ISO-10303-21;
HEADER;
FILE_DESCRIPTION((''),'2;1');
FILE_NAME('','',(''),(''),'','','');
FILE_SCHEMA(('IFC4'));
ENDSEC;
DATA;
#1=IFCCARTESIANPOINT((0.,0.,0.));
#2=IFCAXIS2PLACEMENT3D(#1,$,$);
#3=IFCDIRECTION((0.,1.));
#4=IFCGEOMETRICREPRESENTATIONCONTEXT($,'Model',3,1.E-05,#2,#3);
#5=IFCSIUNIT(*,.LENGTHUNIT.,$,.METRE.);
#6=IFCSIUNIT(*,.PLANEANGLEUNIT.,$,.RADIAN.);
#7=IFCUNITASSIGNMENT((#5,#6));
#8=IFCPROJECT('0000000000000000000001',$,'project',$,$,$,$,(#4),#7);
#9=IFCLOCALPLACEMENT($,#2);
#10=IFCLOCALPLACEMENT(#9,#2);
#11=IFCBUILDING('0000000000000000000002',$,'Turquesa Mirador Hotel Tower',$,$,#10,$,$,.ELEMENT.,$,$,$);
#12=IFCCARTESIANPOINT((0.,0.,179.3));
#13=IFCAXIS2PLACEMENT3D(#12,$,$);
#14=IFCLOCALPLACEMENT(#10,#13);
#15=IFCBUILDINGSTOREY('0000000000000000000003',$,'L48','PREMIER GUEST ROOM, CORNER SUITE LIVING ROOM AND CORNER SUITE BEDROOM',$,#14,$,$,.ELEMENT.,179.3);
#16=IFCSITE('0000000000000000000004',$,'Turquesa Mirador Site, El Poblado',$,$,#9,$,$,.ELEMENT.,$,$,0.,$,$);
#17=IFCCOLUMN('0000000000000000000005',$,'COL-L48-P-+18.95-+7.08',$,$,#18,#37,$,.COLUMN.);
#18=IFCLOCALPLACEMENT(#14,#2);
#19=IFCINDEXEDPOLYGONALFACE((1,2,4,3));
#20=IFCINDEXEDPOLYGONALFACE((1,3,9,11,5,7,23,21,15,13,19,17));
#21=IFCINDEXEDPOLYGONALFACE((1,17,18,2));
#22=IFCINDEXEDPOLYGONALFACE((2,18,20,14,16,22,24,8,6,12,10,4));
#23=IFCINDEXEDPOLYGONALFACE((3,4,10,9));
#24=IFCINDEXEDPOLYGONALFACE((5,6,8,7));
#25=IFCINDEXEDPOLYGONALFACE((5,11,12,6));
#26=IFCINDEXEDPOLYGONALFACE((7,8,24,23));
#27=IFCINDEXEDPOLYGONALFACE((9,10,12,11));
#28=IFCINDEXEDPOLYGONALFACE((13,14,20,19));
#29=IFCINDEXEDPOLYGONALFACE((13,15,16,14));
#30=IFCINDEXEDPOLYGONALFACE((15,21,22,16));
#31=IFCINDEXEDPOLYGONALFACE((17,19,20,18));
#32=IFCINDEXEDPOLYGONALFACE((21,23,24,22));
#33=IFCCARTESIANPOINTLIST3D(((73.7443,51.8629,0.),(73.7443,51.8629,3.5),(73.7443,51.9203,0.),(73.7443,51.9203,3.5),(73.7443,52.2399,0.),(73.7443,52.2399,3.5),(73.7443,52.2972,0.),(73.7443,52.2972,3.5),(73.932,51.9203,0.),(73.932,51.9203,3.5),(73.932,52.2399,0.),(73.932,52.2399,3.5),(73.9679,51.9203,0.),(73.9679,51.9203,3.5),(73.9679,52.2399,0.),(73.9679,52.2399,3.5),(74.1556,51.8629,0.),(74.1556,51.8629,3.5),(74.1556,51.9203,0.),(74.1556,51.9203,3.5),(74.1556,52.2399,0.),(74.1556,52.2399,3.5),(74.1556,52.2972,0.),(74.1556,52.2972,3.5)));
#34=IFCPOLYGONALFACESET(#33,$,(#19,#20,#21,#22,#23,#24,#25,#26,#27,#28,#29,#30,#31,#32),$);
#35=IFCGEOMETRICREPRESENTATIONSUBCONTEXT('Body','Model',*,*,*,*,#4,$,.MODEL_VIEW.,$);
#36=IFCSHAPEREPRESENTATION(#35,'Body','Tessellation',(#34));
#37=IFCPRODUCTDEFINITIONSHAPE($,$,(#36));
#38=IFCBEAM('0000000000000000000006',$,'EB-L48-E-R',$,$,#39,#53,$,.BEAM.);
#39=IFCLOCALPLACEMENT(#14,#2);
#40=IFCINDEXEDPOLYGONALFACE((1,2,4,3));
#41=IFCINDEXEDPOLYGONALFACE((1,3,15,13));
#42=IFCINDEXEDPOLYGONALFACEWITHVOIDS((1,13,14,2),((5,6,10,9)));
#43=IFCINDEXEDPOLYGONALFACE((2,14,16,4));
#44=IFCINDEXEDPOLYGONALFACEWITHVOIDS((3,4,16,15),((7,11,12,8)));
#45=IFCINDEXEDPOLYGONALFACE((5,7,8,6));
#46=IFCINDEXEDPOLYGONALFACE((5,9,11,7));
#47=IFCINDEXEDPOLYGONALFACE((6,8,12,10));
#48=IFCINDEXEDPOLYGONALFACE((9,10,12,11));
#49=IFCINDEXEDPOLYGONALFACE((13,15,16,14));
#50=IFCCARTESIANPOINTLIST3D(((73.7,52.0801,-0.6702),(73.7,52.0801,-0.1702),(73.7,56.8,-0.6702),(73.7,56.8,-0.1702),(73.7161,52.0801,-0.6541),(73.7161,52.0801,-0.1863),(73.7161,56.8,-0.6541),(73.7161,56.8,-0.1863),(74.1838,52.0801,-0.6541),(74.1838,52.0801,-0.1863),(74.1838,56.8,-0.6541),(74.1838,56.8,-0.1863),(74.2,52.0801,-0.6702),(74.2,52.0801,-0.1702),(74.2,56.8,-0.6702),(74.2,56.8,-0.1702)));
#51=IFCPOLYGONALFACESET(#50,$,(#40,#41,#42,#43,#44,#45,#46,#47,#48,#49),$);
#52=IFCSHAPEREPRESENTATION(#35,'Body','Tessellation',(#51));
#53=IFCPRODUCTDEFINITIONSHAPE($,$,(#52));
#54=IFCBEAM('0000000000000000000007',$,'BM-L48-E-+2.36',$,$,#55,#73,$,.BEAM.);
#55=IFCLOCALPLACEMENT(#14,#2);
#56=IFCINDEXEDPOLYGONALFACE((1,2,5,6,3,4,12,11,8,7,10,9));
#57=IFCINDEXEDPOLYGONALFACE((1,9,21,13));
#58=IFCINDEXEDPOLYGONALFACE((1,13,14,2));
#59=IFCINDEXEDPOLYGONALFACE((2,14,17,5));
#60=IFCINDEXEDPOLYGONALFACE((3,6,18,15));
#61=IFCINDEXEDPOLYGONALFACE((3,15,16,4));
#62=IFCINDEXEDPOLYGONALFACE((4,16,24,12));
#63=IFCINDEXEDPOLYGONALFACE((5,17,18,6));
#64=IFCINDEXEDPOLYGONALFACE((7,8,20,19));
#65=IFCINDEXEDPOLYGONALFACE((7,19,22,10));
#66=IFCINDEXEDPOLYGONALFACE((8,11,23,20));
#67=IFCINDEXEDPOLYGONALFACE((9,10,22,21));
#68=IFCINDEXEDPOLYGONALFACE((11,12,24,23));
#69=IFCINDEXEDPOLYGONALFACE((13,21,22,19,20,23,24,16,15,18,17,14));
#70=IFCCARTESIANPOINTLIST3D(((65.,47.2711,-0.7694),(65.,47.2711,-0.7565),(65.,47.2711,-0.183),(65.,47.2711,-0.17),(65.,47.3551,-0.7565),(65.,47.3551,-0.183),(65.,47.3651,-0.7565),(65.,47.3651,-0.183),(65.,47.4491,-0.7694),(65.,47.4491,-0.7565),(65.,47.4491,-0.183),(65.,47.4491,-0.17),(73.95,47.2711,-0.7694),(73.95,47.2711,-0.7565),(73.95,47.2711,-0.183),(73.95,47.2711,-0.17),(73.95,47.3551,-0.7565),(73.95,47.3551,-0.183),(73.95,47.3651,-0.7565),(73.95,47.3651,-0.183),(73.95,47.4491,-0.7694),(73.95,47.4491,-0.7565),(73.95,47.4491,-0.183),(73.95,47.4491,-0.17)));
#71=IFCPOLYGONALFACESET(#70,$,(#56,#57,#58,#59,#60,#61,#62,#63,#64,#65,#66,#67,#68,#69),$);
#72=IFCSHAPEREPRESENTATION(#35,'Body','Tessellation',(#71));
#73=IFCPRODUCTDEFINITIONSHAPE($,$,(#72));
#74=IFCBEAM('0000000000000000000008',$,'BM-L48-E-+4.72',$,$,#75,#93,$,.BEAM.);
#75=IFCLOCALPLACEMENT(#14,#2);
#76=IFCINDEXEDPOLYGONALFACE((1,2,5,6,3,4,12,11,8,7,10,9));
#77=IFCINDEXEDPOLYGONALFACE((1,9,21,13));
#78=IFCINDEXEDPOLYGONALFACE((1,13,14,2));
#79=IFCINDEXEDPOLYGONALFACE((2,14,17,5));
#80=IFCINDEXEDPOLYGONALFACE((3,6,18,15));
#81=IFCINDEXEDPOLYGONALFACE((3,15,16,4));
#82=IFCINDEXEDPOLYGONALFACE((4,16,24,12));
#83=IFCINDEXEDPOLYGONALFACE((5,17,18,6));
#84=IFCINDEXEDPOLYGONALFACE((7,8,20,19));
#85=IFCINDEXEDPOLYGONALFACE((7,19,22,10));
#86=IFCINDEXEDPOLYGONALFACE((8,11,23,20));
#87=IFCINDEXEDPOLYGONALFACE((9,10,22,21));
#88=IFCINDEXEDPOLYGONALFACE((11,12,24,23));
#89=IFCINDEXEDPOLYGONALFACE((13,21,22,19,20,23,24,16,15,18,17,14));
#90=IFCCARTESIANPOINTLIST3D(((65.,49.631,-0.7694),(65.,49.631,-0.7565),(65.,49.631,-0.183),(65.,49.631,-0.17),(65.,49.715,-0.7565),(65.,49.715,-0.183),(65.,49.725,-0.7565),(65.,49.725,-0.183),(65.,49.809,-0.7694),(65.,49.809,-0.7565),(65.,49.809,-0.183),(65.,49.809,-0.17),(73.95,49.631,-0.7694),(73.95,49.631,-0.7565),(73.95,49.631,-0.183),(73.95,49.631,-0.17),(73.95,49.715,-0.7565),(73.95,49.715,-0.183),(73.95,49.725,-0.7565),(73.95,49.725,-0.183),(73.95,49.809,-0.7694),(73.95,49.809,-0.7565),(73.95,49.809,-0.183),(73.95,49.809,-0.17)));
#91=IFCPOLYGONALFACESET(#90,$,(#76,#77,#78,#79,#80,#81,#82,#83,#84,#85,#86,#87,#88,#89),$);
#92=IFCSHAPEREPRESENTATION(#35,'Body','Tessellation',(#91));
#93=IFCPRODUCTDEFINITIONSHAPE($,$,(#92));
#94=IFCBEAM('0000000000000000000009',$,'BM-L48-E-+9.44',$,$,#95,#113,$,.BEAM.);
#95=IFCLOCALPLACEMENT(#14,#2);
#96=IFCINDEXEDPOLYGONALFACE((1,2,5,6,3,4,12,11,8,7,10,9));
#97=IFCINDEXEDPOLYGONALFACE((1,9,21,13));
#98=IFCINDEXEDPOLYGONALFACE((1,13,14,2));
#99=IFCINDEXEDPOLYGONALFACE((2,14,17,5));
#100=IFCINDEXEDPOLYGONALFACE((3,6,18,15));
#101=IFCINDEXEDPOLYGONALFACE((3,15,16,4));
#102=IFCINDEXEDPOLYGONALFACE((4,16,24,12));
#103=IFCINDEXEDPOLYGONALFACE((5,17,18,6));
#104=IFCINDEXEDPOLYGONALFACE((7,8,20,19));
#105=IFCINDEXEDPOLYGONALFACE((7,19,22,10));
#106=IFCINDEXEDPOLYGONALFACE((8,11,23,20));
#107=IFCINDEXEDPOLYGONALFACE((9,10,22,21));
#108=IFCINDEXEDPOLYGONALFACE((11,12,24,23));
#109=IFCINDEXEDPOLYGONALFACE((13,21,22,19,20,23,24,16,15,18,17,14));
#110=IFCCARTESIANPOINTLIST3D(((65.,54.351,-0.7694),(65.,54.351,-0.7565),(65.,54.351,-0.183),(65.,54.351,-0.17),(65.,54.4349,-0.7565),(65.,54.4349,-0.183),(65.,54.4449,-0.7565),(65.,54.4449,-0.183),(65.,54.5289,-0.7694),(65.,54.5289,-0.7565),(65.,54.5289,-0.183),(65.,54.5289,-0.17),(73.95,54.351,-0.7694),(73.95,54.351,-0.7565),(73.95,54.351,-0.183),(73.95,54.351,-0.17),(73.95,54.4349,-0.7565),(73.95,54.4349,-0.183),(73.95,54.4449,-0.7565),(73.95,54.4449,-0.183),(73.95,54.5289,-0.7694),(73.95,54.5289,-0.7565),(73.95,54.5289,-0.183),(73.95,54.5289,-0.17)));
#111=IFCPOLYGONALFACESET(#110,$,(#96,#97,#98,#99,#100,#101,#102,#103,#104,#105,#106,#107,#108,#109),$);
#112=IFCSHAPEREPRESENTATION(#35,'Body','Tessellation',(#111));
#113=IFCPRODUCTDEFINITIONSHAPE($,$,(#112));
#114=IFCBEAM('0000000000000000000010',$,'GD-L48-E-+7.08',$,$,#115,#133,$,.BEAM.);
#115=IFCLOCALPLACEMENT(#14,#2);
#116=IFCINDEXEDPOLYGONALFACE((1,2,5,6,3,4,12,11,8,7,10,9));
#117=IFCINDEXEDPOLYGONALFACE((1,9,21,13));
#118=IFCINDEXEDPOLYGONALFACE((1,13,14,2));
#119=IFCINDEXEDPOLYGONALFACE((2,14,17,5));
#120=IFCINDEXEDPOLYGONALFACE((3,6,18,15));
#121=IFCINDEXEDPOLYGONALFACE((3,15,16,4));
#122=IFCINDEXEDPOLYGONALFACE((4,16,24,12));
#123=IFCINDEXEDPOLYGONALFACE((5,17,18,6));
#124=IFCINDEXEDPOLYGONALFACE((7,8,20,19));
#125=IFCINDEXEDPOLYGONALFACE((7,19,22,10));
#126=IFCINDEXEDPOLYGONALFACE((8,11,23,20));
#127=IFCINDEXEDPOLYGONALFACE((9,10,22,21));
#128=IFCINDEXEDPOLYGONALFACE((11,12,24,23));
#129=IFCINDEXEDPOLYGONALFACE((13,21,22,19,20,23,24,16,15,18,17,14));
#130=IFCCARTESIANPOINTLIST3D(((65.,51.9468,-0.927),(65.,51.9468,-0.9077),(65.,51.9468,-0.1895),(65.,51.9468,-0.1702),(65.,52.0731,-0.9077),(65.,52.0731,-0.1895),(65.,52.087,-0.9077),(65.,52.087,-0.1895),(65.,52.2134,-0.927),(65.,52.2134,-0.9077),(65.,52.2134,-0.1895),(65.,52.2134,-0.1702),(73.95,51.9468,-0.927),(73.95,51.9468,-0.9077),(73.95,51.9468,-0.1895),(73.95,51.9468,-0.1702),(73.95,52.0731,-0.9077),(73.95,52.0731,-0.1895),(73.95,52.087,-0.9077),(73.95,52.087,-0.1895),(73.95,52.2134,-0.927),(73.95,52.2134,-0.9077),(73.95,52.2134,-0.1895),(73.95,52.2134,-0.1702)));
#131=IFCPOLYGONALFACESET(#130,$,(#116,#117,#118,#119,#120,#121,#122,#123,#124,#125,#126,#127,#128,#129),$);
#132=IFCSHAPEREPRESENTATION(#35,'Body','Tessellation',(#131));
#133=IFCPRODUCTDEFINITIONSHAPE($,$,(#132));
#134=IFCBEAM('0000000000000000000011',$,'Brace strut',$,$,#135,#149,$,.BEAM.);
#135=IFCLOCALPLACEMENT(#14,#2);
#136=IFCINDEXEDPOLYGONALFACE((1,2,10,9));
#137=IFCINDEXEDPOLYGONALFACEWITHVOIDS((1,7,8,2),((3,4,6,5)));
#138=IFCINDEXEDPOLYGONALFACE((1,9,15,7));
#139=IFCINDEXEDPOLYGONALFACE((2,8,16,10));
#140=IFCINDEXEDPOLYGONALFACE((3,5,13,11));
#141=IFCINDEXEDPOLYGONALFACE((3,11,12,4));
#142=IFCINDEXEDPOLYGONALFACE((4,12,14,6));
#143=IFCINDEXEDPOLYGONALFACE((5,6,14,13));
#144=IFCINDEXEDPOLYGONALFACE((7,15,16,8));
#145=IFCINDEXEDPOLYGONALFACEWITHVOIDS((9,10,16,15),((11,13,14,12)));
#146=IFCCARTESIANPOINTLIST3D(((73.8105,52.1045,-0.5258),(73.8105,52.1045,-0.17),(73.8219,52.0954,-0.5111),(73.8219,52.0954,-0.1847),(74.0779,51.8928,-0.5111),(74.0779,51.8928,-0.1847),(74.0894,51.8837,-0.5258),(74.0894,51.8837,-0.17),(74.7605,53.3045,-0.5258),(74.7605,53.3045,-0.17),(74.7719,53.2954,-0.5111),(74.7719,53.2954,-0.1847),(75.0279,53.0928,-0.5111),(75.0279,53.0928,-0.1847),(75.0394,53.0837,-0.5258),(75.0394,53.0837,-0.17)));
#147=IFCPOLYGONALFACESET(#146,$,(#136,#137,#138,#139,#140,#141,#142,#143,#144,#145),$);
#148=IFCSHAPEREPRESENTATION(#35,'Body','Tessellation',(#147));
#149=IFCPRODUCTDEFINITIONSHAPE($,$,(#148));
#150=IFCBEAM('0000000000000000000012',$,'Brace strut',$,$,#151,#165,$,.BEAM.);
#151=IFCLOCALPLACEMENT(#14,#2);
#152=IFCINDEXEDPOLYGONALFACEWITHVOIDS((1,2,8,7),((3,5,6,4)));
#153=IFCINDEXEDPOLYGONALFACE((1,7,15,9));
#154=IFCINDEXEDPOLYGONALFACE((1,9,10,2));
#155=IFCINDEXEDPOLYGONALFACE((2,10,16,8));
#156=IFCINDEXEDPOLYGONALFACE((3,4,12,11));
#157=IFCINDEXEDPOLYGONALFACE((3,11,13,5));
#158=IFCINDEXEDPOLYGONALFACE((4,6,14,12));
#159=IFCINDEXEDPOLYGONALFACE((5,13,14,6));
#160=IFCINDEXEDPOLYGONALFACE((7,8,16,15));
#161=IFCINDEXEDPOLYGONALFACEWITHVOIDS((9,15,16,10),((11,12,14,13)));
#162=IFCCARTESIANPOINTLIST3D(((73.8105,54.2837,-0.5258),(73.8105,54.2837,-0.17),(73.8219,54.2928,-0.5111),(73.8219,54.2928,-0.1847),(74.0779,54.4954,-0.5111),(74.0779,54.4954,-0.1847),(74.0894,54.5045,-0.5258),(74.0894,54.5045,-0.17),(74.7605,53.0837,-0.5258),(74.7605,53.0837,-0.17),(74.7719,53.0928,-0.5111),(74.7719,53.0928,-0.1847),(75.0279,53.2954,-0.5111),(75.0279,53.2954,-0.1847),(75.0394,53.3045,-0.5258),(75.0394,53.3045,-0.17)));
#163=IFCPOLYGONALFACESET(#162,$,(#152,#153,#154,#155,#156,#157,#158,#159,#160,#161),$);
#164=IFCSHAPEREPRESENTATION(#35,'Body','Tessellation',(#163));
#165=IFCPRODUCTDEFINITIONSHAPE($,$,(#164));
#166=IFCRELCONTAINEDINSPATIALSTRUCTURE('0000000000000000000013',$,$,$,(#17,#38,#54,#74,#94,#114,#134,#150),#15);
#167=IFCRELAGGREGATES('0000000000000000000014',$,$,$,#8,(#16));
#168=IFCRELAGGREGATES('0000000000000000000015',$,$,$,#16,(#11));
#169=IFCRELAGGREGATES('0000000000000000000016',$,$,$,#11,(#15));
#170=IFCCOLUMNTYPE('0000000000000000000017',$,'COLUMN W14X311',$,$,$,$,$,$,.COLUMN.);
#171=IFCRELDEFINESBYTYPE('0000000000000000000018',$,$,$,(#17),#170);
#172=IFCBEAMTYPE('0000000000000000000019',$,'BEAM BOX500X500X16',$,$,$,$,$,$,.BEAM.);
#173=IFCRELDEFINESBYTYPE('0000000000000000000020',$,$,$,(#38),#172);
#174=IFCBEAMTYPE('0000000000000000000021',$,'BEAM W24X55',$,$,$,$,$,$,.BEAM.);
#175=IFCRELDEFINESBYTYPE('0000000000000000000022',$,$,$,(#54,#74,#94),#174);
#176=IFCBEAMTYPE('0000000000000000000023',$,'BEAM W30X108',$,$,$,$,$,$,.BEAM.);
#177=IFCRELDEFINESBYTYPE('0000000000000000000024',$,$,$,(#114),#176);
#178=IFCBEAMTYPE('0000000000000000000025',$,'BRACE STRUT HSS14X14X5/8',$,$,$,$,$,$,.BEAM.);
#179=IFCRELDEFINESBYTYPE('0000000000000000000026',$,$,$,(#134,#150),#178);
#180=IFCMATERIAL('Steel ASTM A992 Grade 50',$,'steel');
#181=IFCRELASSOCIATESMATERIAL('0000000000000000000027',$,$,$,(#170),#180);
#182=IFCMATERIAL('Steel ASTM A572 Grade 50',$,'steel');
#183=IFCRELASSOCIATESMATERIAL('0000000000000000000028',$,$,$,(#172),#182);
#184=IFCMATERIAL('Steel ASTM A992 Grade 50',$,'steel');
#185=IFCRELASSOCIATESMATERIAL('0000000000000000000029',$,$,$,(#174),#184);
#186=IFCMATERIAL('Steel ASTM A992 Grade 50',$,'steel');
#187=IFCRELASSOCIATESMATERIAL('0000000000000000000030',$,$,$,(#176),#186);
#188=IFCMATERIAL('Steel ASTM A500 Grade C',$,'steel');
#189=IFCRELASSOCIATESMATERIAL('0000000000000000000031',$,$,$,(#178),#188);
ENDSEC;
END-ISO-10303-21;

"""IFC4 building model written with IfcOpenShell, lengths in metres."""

from ifc_helpers import new_model, si_unit, direction, frame, origin, origin_2d, place, context, subcontext, project, spatial, hollow_rectangle, i_section, extrude, material, material_profile, profile_set, type_object, element, save


model = new_model("IFC4")

# Units and contexts
model_context = context("Model", 3, precision=1e-05, world=origin(), true_north=direction((0.0, 1.0)))
body_context = subcontext(model_context, "Body", "Model", "MODEL_VIEW")
ifc_project = project(units=[si_unit("LENGTHUNIT", "METRE"), si_unit("PLANEANGLEUNIT", "RADIAN")], contexts=[model_context])

# Site, building, storey
site_placement = place(None, origin())
site = spatial("IfcSite", under=ifc_project, at=site_placement, Name="Turquesa Mirador Site, El Poblado", CompositionType="ELEMENT", RefElevation=0.0)
building_placement = place(site_placement, origin())
building = spatial("IfcBuilding", under=site, at=building_placement, Name="Turquesa Mirador Hotel Tower", CompositionType="ELEMENT")
storey_placement = place(building_placement, frame((0.0, 0.0, 179.3)))
storey = spatial("IfcBuildingStorey", under=building, at=storey_placement, Name="L48", Description="PREMIER GUEST ROOM, CORNER SUITE LIVING ROOM AND CORNER SUITE BEDROOM", CompositionType="ELEMENT", Elevation=179.3)

# Column
ifc_material_1 = material(Name="Steel ASTM A992 Grade 50", Category="steel")
ifc_material_profile_1 = material_profile(ifc_material_1, i_section(OverallWidth=0.4114, OverallDepth=0.4343, WebThickness=0.0359, FlangeThickness=0.0574, at=origin_2d()), Name="W14X311")
ifc_profile_set_1 = profile_set([ifc_material_profile_1], Name="Steel ASTM A992 Grade 50")
column_type = type_object("IfcColumnType", Name="COLUMN W14X311", PredefinedType="COLUMN", material=ifc_profile_set_1)
column_placement = place(storey_placement, frame((73.95, 52.0801, 0.0), z_axis=(0.0, 0.0, 1.0), x_axis=(1.0, 0.0, 0.0)))
element("IfcColumn", 1, at=column_placement, inside=storey, type_object=column_type, Name="COL-L48-P-+18.95-+7.08", PredefinedType="COLUMN", context=body_context, shape_type="SweptSolid", body=[
    extrude(i_section(OverallWidth=0.4114, OverallDepth=0.4343, WebThickness=0.0359, FlangeThickness=0.0574, at=origin_2d()), origin(), (0.0, 0.0, 1.0), 3.5),
])

# Beams
ifc_material_2 = material(Name="Steel ASTM A572 Grade 50", Category="steel")
ifc_material_profile_2 = material_profile(ifc_material_2, hollow_rectangle(XDim=0.5, YDim=0.5, WallThickness=0.0161, at=origin_2d()), Name="BOX500X500X16")
ifc_profile_set_2 = profile_set([ifc_material_profile_2], Name="Steel ASTM A572 Grade 50")
beam_type_1 = type_object("IfcBeamType", Name="BEAM BOX500X500X16", PredefinedType="BEAM", material=ifc_profile_set_2)
beam_1_placement = place(storey_placement, frame((73.95, 52.0801, -0.4202), z_axis=(0.0, 1.0, 0.0), x_axis=(-1.0, 0.0, 0.0)))
element("IfcBeam", 2, at=beam_1_placement, inside=storey, type_object=beam_type_1, Name="EB-L48-E-R", PredefinedType="BEAM", context=body_context, shape_type="SweptSolid", body=[
    extrude(hollow_rectangle(XDim=0.5, YDim=0.5, WallThickness=0.0161, at=origin_2d()), origin(), (0.0, 0.0, 1.0), 4.72),
])
ifc_material_3 = material(Name="Steel ASTM A992 Grade 50", Category="steel")
ifc_material_profile_3 = material_profile(ifc_material_3, i_section(OverallWidth=0.178, OverallDepth=0.5994, WebThickness=0.01, FlangeThickness=0.0129, at=origin_2d()), Name="W24X55")
ifc_profile_set_3 = profile_set([ifc_material_profile_3], Name="Steel ASTM A992 Grade 50")
beam_type_2 = type_object("IfcBeamType", Name="BEAM W24X55", PredefinedType="BEAM", material=ifc_profile_set_3)
for number, where, z_axis, x_axis, name in (
    (3, (73.95, 47.3601, -0.4697), (-1.0, 0.0, 0.0), (0.0, -1.0, 0.0), "BM-L48-E-+2.36"),
    (4, (73.95, 49.72, -0.4697), (-1.0, 0.0, 0.0), (0.0, -1.0, 0.0), "BM-L48-E-+4.72"),
    (5, (73.95, 54.4399, -0.4697), (-1.0, 0.0, 0.0), (0.0, -1.0, 0.0), "BM-L48-E-+9.44"),
):
    element("IfcBeam", number, at=place(storey_placement, frame(where, z_axis=z_axis, x_axis=x_axis)), inside=storey, type_object=beam_type_2, Name=name, PredefinedType="BEAM", context=body_context, shape_type="SweptSolid", body=[
        extrude(i_section(OverallWidth=0.178, OverallDepth=0.5994, WebThickness=0.01, FlangeThickness=0.0129, at=origin_2d()), origin(), (0.0, 0.0, 1.0), 8.95),
    ])
ifc_material_4 = material(Name="Steel ASTM A992 Grade 50", Category="steel")
ifc_material_profile_4 = material_profile(ifc_material_4, i_section(OverallWidth=0.2666, OverallDepth=0.7568, WebThickness=0.0139, FlangeThickness=0.0193, at=origin_2d()), Name="W30X108")
ifc_profile_set_4 = profile_set([ifc_material_profile_4], Name="Steel ASTM A992 Grade 50")
beam_type_3 = type_object("IfcBeamType", Name="BEAM W30X108", PredefinedType="BEAM", material=ifc_profile_set_4)
beam_2_placement = place(storey_placement, frame((73.95, 52.0801, -0.5486), z_axis=(-1.0, 0.0, 0.0), x_axis=(0.0, -1.0, 0.0)))
element("IfcBeam", 6, at=beam_2_placement, inside=storey, type_object=beam_type_3, Name="GD-L48-E-+7.08", PredefinedType="BEAM", context=body_context, shape_type="SweptSolid", body=[
    extrude(i_section(OverallWidth=0.2666, OverallDepth=0.7568, WebThickness=0.0139, FlangeThickness=0.0193, at=origin_2d()), origin(), (0.0, 0.0, 1.0), 8.95),
])
ifc_material_5 = material(Name="Steel ASTM A500 Grade C", Category="steel")
ifc_material_profile_5 = material_profile(ifc_material_5, hollow_rectangle(XDim=0.3557, YDim=0.3557, WallThickness=0.0146, at=origin_2d()), Name="HSS14X14X5/8")
ifc_profile_set_5 = profile_set([ifc_material_profile_5], Name="Steel ASTM A500 Grade C")
beam_type_4 = type_object("IfcBeamType", Name="BRACE STRUT HSS14X14X5/8", PredefinedType="BEAM", material=ifc_profile_set_5)
for number, where, z_axis, x_axis, name in (
    (7, (74.8999, 53.1941, -0.3479), (-0.620699, -0.784049, 0.0), (0.784049, -0.620699, 0.0), "Brace strut"),
    (8, (74.8999, 53.1941, -0.3479), (-0.620699, 0.784049, 0.0), (-0.784049, -0.620699, 0.0), "Brace strut"),
):
    element("IfcBeam", number, at=place(storey_placement, frame(where, z_axis=z_axis, x_axis=x_axis)), inside=storey, type_object=beam_type_4, Name=name, PredefinedType="BEAM", context=body_context, shape_type="SweptSolid", body=[
        extrude(hollow_rectangle(XDim=0.3557, YDim=0.3557, WallThickness=0.0146, at=origin_2d()), origin(), (0.0, 0.0, 1.0), 1.5305),
    ])

save(model, "model.ifc")
